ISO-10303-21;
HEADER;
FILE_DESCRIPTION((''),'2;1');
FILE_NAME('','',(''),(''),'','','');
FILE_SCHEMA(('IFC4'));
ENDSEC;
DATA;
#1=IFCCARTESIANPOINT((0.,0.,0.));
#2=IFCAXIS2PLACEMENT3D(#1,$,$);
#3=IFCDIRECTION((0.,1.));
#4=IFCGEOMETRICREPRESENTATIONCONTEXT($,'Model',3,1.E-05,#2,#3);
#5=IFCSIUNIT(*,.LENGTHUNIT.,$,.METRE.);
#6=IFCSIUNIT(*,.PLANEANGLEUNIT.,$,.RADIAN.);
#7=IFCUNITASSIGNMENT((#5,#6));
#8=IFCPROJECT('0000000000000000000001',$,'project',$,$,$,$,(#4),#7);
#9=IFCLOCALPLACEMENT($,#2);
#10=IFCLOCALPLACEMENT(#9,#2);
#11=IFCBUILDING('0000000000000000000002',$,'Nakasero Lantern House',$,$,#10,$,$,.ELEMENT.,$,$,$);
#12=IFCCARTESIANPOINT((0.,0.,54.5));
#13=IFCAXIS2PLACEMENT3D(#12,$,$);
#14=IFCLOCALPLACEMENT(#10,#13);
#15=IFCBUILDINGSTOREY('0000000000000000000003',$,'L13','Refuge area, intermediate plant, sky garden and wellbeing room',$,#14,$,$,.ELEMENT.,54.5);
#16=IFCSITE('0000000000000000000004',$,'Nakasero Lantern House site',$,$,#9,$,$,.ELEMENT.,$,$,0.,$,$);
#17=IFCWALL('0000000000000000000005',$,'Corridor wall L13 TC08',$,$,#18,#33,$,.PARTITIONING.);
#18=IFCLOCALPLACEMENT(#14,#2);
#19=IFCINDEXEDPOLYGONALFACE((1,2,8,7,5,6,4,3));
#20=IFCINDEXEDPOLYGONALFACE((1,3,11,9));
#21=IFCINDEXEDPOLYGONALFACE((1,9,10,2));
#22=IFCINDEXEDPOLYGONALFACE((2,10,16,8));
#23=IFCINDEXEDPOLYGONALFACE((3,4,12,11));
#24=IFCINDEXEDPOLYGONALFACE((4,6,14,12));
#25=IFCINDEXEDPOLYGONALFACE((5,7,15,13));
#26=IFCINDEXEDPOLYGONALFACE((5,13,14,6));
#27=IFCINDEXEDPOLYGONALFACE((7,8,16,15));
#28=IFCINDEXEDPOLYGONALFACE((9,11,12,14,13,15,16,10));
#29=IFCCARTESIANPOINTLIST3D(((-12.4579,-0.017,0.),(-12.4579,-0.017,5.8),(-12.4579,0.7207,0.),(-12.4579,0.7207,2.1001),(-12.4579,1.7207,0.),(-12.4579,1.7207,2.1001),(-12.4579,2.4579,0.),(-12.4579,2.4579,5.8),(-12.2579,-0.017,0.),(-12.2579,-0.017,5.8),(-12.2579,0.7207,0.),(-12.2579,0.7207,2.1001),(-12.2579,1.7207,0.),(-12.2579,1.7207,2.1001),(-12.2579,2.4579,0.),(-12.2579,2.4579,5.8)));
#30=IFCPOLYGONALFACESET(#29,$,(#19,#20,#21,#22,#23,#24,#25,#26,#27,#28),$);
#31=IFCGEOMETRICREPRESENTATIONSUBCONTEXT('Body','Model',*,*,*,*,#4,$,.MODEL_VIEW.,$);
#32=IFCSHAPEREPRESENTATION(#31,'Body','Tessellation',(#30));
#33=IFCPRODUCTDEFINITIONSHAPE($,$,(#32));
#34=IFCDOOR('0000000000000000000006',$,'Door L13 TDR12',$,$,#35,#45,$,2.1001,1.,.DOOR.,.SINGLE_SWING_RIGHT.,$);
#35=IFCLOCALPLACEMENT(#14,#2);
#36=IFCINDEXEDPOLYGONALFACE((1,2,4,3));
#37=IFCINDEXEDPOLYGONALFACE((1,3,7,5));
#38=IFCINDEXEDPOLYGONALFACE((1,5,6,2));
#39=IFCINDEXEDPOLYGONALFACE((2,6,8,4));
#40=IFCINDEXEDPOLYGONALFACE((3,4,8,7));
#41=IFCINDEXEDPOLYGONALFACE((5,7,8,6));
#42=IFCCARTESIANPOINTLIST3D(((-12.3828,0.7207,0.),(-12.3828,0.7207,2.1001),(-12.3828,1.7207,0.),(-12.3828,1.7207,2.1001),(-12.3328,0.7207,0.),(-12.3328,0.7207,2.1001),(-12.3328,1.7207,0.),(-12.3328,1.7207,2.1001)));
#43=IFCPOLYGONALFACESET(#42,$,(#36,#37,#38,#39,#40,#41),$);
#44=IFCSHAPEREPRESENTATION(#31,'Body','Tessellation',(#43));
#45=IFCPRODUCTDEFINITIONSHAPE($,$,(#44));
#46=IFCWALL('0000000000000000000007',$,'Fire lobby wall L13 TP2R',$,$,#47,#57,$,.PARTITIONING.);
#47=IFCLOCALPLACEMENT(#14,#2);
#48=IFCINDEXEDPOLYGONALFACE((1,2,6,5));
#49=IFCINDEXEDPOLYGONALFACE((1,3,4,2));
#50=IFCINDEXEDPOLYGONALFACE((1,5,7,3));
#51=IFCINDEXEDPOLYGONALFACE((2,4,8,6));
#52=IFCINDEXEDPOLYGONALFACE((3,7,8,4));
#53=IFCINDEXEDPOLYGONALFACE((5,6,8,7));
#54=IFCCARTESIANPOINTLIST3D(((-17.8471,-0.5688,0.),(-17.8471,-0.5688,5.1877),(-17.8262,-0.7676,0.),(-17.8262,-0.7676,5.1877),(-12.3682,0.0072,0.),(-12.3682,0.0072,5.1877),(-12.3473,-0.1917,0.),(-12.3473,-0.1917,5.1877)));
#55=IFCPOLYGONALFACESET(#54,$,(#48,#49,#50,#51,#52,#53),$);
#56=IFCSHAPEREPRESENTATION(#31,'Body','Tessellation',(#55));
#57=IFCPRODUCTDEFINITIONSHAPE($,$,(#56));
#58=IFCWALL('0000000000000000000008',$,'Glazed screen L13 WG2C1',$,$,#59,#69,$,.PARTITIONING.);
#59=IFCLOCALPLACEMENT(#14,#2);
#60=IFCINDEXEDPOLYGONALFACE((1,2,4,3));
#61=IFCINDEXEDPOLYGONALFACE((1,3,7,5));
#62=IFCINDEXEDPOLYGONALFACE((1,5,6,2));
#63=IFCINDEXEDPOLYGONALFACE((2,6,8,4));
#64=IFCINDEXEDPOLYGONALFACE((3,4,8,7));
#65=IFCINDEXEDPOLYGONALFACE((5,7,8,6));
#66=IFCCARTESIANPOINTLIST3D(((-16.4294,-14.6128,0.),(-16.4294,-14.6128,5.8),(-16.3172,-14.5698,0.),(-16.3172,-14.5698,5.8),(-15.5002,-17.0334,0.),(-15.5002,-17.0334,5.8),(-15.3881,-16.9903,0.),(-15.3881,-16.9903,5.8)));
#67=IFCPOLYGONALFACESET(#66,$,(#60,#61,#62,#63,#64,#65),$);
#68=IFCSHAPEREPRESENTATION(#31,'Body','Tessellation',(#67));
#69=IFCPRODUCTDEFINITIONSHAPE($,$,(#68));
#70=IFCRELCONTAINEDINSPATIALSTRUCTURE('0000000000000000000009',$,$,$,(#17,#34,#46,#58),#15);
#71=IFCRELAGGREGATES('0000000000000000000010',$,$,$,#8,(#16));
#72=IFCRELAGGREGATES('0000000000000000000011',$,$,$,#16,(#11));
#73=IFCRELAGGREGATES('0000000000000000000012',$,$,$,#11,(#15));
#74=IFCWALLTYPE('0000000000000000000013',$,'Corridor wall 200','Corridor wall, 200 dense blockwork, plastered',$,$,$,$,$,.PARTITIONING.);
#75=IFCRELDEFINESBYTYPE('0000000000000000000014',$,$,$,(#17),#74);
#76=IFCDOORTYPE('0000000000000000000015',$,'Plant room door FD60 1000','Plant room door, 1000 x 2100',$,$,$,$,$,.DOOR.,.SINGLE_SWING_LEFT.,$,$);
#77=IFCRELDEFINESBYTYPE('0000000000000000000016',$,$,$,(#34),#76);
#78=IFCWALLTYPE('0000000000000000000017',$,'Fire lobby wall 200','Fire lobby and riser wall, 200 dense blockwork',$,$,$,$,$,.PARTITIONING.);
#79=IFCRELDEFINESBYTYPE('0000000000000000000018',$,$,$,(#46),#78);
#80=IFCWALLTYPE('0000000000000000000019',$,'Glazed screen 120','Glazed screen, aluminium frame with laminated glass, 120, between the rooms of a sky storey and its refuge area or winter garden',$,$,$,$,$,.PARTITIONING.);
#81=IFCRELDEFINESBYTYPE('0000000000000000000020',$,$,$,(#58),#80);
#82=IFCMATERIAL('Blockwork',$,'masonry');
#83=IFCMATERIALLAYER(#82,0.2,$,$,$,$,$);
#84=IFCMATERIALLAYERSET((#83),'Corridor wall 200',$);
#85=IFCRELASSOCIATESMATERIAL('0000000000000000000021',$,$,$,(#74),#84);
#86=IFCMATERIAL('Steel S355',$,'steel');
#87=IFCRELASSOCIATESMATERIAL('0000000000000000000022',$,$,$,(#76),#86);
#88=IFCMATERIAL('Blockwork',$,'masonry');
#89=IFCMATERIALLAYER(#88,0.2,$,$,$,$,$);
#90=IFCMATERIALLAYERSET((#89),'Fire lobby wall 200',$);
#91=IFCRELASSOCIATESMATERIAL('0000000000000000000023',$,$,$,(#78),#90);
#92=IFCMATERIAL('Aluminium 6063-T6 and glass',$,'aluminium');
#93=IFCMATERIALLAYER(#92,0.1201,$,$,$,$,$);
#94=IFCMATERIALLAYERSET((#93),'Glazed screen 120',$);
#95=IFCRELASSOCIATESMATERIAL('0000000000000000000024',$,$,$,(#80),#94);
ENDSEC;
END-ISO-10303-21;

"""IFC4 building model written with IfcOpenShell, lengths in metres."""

from ifc_helpers import new_model, si_unit, direction, frame, frame_2d, origin, place, context, subcontext, project, spatial, rectangle, extrude, material, layer, layer_set, type_object, element, fill, save


model = new_model("IFC4")

# Units and contexts
model_context = context("Model", 3, precision=1e-05, world=origin(), true_north=direction((0.0, 1.0)))
body_context = subcontext(model_context, "Body", "Model", "MODEL_VIEW")
ifc_project = project(units=[si_unit("LENGTHUNIT", "METRE"), si_unit("PLANEANGLEUNIT", "RADIAN")], contexts=[model_context])

# Site, building, storey
site_placement = place(None, origin())
site = spatial("IfcSite", under=ifc_project, at=site_placement, Name="Nakasero Lantern House site", CompositionType="ELEMENT", RefElevation=0.0)
building_placement = place(site_placement, origin())
building = spatial("IfcBuilding", under=site, at=building_placement, Name="Nakasero Lantern House", CompositionType="ELEMENT")
storey_placement = place(building_placement, frame((0.0, 0.0, 54.5)))
storey = spatial("IfcBuildingStorey", under=building, at=storey_placement, Name="L13", Description="Refuge area, intermediate plant, sky garden and wellbeing room", CompositionType="ELEMENT", Elevation=54.5)

# Wall, opening, door
ifc_material_1 = material(Name="Blockwork", Category="masonry")
ifc_layer_1 = layer(ifc_material_1, 0.2)
ifc_layer_set_1 = layer_set([ifc_layer_1], Name="Corridor wall 200")
wall_type_1 = type_object("IfcWallType", Name="Corridor wall 200", Description="Corridor wall, 200 dense blockwork, plastered", PredefinedType="PARTITIONING", material=ifc_layer_set_1)
wall_1_placement = place(storey_placement, frame((-12.3579, -0.0168, 0.0), z_axis=(0.0, 0.0, 1.0), x_axis=(0.0, 1.0, 0.0)))
wall_1 = element("IfcWall", 1, at=wall_1_placement, inside=storey, type_object=wall_type_1, Name="Corridor wall L13 TC08", PredefinedType="PARTITIONING", context=body_context, shape_type="SweptSolid", body=[
    extrude(rectangle(XDim=2.4749, YDim=0.2, at=frame_2d((1.2373, 0.0))), origin(), (0.0, 0.0, 1.0), 5.8),
])
opening_placement = place(wall_1_placement, frame((0.7375, 0.0, 0.0)))
opening = element("IfcOpeningElement", 2, at=opening_placement, cuts=wall_1, PredefinedType="OPENING", context=body_context, shape_type="SweptSolid", body=[
    extrude(rectangle(XDim=1.0, YDim=2.1001, at=frame_2d((0.5, 1.05))), frame((0.0, 0.1199, 0.0), z_axis=(0.0, -1.0, 0.0), x_axis=(1.0, 0.0, 0.0)), (0.0, 0.0, 1.0), 0.24),
])
ifc_material_2 = material(Name="Steel S355", Category="steel")
door_type = type_object("IfcDoorType", Name="Plant room door FD60 1000", Description="Plant room door, 1000 x 2100", OperationType="SINGLE_SWING_LEFT", PredefinedType="DOOR", material=ifc_material_2)
door_placement = place(opening_placement, origin())
door = element("IfcDoor", 3, at=door_placement, inside=storey, type_object=door_type, Name="Door L13 TDR12", OperationType="SINGLE_SWING_RIGHT", OverallHeight=2.1001, OverallWidth=1.0, PredefinedType="DOOR", context=body_context, shape_type="SweptSolid", body=[
    extrude(rectangle(XDim=1.0, YDim=2.1001, at=frame_2d((0.5, 1.05))), frame((0.0, 0.0249, 0.0), z_axis=(0.0, -1.0, 0.0), x_axis=(1.0, 0.0, 0.0)), (0.0, 0.0, 1.0), 0.05),
])
fill(opening, door)

# Walls
ifc_material_3 = material(Name="Blockwork", Category="masonry")
ifc_layer_2 = layer(ifc_material_3, 0.2)
ifc_layer_set_2 = layer_set([ifc_layer_2], Name="Fire lobby wall 200")
wall_type_2 = type_object("IfcWallType", Name="Fire lobby wall 200", Description="Fire lobby and riser wall, 200 dense blockwork", PredefinedType="PARTITIONING", material=ifc_layer_set_2)
wall_2_placement = place(storey_placement, frame((-12.3579, -0.0923, 0.0), z_axis=(0.0, 0.0, 1.0), x_axis=(-0.99452, -0.104544, 0.0)))
element("IfcWall", 4, at=wall_2_placement, inside=storey, type_object=wall_type_2, Name="Fire lobby wall L13 TP2R", PredefinedType="PARTITIONING", context=body_context, shape_type="SweptSolid", body=[
    extrude(rectangle(XDim=5.509, YDim=0.2, at=frame_2d((2.7544, 0.0))), origin(), (0.0, 0.0, 1.0), 5.1877),
])
ifc_material_4 = material(Name="Aluminium 6063-T6 and glass", Category="aluminium")
ifc_layer_3 = layer(ifc_material_4, 0.1201)
ifc_layer_set_3 = layer_set([ifc_layer_3], Name="Glazed screen 120")
wall_type_3 = type_object("IfcWallType", Name="Glazed screen 120", Description="Glazed screen, aluminium frame with laminated glass, 120, between the rooms of a sky storey and its refuge area or winter garden", PredefinedType="PARTITIONING", material=ifc_layer_set_3)
wall_3_placement = place(storey_placement, frame((-16.3733, -14.5913, 0.0), z_axis=(0.0, 0.0, 1.0), x_axis=(0.358367, -0.933581, 0.0)))
element("IfcWall", 5, at=wall_3_placement, inside=storey, type_object=wall_type_3, Name="Glazed screen L13 WG2C1", PredefinedType="PARTITIONING", context=body_context, shape_type="SweptSolid", body=[
    extrude(rectangle(XDim=2.5928, YDim=0.1201, at=frame_2d((1.2964, 0.0))), origin(), (0.0, 0.0, 1.0), 5.8),
])

save(model, "model.ifc")
